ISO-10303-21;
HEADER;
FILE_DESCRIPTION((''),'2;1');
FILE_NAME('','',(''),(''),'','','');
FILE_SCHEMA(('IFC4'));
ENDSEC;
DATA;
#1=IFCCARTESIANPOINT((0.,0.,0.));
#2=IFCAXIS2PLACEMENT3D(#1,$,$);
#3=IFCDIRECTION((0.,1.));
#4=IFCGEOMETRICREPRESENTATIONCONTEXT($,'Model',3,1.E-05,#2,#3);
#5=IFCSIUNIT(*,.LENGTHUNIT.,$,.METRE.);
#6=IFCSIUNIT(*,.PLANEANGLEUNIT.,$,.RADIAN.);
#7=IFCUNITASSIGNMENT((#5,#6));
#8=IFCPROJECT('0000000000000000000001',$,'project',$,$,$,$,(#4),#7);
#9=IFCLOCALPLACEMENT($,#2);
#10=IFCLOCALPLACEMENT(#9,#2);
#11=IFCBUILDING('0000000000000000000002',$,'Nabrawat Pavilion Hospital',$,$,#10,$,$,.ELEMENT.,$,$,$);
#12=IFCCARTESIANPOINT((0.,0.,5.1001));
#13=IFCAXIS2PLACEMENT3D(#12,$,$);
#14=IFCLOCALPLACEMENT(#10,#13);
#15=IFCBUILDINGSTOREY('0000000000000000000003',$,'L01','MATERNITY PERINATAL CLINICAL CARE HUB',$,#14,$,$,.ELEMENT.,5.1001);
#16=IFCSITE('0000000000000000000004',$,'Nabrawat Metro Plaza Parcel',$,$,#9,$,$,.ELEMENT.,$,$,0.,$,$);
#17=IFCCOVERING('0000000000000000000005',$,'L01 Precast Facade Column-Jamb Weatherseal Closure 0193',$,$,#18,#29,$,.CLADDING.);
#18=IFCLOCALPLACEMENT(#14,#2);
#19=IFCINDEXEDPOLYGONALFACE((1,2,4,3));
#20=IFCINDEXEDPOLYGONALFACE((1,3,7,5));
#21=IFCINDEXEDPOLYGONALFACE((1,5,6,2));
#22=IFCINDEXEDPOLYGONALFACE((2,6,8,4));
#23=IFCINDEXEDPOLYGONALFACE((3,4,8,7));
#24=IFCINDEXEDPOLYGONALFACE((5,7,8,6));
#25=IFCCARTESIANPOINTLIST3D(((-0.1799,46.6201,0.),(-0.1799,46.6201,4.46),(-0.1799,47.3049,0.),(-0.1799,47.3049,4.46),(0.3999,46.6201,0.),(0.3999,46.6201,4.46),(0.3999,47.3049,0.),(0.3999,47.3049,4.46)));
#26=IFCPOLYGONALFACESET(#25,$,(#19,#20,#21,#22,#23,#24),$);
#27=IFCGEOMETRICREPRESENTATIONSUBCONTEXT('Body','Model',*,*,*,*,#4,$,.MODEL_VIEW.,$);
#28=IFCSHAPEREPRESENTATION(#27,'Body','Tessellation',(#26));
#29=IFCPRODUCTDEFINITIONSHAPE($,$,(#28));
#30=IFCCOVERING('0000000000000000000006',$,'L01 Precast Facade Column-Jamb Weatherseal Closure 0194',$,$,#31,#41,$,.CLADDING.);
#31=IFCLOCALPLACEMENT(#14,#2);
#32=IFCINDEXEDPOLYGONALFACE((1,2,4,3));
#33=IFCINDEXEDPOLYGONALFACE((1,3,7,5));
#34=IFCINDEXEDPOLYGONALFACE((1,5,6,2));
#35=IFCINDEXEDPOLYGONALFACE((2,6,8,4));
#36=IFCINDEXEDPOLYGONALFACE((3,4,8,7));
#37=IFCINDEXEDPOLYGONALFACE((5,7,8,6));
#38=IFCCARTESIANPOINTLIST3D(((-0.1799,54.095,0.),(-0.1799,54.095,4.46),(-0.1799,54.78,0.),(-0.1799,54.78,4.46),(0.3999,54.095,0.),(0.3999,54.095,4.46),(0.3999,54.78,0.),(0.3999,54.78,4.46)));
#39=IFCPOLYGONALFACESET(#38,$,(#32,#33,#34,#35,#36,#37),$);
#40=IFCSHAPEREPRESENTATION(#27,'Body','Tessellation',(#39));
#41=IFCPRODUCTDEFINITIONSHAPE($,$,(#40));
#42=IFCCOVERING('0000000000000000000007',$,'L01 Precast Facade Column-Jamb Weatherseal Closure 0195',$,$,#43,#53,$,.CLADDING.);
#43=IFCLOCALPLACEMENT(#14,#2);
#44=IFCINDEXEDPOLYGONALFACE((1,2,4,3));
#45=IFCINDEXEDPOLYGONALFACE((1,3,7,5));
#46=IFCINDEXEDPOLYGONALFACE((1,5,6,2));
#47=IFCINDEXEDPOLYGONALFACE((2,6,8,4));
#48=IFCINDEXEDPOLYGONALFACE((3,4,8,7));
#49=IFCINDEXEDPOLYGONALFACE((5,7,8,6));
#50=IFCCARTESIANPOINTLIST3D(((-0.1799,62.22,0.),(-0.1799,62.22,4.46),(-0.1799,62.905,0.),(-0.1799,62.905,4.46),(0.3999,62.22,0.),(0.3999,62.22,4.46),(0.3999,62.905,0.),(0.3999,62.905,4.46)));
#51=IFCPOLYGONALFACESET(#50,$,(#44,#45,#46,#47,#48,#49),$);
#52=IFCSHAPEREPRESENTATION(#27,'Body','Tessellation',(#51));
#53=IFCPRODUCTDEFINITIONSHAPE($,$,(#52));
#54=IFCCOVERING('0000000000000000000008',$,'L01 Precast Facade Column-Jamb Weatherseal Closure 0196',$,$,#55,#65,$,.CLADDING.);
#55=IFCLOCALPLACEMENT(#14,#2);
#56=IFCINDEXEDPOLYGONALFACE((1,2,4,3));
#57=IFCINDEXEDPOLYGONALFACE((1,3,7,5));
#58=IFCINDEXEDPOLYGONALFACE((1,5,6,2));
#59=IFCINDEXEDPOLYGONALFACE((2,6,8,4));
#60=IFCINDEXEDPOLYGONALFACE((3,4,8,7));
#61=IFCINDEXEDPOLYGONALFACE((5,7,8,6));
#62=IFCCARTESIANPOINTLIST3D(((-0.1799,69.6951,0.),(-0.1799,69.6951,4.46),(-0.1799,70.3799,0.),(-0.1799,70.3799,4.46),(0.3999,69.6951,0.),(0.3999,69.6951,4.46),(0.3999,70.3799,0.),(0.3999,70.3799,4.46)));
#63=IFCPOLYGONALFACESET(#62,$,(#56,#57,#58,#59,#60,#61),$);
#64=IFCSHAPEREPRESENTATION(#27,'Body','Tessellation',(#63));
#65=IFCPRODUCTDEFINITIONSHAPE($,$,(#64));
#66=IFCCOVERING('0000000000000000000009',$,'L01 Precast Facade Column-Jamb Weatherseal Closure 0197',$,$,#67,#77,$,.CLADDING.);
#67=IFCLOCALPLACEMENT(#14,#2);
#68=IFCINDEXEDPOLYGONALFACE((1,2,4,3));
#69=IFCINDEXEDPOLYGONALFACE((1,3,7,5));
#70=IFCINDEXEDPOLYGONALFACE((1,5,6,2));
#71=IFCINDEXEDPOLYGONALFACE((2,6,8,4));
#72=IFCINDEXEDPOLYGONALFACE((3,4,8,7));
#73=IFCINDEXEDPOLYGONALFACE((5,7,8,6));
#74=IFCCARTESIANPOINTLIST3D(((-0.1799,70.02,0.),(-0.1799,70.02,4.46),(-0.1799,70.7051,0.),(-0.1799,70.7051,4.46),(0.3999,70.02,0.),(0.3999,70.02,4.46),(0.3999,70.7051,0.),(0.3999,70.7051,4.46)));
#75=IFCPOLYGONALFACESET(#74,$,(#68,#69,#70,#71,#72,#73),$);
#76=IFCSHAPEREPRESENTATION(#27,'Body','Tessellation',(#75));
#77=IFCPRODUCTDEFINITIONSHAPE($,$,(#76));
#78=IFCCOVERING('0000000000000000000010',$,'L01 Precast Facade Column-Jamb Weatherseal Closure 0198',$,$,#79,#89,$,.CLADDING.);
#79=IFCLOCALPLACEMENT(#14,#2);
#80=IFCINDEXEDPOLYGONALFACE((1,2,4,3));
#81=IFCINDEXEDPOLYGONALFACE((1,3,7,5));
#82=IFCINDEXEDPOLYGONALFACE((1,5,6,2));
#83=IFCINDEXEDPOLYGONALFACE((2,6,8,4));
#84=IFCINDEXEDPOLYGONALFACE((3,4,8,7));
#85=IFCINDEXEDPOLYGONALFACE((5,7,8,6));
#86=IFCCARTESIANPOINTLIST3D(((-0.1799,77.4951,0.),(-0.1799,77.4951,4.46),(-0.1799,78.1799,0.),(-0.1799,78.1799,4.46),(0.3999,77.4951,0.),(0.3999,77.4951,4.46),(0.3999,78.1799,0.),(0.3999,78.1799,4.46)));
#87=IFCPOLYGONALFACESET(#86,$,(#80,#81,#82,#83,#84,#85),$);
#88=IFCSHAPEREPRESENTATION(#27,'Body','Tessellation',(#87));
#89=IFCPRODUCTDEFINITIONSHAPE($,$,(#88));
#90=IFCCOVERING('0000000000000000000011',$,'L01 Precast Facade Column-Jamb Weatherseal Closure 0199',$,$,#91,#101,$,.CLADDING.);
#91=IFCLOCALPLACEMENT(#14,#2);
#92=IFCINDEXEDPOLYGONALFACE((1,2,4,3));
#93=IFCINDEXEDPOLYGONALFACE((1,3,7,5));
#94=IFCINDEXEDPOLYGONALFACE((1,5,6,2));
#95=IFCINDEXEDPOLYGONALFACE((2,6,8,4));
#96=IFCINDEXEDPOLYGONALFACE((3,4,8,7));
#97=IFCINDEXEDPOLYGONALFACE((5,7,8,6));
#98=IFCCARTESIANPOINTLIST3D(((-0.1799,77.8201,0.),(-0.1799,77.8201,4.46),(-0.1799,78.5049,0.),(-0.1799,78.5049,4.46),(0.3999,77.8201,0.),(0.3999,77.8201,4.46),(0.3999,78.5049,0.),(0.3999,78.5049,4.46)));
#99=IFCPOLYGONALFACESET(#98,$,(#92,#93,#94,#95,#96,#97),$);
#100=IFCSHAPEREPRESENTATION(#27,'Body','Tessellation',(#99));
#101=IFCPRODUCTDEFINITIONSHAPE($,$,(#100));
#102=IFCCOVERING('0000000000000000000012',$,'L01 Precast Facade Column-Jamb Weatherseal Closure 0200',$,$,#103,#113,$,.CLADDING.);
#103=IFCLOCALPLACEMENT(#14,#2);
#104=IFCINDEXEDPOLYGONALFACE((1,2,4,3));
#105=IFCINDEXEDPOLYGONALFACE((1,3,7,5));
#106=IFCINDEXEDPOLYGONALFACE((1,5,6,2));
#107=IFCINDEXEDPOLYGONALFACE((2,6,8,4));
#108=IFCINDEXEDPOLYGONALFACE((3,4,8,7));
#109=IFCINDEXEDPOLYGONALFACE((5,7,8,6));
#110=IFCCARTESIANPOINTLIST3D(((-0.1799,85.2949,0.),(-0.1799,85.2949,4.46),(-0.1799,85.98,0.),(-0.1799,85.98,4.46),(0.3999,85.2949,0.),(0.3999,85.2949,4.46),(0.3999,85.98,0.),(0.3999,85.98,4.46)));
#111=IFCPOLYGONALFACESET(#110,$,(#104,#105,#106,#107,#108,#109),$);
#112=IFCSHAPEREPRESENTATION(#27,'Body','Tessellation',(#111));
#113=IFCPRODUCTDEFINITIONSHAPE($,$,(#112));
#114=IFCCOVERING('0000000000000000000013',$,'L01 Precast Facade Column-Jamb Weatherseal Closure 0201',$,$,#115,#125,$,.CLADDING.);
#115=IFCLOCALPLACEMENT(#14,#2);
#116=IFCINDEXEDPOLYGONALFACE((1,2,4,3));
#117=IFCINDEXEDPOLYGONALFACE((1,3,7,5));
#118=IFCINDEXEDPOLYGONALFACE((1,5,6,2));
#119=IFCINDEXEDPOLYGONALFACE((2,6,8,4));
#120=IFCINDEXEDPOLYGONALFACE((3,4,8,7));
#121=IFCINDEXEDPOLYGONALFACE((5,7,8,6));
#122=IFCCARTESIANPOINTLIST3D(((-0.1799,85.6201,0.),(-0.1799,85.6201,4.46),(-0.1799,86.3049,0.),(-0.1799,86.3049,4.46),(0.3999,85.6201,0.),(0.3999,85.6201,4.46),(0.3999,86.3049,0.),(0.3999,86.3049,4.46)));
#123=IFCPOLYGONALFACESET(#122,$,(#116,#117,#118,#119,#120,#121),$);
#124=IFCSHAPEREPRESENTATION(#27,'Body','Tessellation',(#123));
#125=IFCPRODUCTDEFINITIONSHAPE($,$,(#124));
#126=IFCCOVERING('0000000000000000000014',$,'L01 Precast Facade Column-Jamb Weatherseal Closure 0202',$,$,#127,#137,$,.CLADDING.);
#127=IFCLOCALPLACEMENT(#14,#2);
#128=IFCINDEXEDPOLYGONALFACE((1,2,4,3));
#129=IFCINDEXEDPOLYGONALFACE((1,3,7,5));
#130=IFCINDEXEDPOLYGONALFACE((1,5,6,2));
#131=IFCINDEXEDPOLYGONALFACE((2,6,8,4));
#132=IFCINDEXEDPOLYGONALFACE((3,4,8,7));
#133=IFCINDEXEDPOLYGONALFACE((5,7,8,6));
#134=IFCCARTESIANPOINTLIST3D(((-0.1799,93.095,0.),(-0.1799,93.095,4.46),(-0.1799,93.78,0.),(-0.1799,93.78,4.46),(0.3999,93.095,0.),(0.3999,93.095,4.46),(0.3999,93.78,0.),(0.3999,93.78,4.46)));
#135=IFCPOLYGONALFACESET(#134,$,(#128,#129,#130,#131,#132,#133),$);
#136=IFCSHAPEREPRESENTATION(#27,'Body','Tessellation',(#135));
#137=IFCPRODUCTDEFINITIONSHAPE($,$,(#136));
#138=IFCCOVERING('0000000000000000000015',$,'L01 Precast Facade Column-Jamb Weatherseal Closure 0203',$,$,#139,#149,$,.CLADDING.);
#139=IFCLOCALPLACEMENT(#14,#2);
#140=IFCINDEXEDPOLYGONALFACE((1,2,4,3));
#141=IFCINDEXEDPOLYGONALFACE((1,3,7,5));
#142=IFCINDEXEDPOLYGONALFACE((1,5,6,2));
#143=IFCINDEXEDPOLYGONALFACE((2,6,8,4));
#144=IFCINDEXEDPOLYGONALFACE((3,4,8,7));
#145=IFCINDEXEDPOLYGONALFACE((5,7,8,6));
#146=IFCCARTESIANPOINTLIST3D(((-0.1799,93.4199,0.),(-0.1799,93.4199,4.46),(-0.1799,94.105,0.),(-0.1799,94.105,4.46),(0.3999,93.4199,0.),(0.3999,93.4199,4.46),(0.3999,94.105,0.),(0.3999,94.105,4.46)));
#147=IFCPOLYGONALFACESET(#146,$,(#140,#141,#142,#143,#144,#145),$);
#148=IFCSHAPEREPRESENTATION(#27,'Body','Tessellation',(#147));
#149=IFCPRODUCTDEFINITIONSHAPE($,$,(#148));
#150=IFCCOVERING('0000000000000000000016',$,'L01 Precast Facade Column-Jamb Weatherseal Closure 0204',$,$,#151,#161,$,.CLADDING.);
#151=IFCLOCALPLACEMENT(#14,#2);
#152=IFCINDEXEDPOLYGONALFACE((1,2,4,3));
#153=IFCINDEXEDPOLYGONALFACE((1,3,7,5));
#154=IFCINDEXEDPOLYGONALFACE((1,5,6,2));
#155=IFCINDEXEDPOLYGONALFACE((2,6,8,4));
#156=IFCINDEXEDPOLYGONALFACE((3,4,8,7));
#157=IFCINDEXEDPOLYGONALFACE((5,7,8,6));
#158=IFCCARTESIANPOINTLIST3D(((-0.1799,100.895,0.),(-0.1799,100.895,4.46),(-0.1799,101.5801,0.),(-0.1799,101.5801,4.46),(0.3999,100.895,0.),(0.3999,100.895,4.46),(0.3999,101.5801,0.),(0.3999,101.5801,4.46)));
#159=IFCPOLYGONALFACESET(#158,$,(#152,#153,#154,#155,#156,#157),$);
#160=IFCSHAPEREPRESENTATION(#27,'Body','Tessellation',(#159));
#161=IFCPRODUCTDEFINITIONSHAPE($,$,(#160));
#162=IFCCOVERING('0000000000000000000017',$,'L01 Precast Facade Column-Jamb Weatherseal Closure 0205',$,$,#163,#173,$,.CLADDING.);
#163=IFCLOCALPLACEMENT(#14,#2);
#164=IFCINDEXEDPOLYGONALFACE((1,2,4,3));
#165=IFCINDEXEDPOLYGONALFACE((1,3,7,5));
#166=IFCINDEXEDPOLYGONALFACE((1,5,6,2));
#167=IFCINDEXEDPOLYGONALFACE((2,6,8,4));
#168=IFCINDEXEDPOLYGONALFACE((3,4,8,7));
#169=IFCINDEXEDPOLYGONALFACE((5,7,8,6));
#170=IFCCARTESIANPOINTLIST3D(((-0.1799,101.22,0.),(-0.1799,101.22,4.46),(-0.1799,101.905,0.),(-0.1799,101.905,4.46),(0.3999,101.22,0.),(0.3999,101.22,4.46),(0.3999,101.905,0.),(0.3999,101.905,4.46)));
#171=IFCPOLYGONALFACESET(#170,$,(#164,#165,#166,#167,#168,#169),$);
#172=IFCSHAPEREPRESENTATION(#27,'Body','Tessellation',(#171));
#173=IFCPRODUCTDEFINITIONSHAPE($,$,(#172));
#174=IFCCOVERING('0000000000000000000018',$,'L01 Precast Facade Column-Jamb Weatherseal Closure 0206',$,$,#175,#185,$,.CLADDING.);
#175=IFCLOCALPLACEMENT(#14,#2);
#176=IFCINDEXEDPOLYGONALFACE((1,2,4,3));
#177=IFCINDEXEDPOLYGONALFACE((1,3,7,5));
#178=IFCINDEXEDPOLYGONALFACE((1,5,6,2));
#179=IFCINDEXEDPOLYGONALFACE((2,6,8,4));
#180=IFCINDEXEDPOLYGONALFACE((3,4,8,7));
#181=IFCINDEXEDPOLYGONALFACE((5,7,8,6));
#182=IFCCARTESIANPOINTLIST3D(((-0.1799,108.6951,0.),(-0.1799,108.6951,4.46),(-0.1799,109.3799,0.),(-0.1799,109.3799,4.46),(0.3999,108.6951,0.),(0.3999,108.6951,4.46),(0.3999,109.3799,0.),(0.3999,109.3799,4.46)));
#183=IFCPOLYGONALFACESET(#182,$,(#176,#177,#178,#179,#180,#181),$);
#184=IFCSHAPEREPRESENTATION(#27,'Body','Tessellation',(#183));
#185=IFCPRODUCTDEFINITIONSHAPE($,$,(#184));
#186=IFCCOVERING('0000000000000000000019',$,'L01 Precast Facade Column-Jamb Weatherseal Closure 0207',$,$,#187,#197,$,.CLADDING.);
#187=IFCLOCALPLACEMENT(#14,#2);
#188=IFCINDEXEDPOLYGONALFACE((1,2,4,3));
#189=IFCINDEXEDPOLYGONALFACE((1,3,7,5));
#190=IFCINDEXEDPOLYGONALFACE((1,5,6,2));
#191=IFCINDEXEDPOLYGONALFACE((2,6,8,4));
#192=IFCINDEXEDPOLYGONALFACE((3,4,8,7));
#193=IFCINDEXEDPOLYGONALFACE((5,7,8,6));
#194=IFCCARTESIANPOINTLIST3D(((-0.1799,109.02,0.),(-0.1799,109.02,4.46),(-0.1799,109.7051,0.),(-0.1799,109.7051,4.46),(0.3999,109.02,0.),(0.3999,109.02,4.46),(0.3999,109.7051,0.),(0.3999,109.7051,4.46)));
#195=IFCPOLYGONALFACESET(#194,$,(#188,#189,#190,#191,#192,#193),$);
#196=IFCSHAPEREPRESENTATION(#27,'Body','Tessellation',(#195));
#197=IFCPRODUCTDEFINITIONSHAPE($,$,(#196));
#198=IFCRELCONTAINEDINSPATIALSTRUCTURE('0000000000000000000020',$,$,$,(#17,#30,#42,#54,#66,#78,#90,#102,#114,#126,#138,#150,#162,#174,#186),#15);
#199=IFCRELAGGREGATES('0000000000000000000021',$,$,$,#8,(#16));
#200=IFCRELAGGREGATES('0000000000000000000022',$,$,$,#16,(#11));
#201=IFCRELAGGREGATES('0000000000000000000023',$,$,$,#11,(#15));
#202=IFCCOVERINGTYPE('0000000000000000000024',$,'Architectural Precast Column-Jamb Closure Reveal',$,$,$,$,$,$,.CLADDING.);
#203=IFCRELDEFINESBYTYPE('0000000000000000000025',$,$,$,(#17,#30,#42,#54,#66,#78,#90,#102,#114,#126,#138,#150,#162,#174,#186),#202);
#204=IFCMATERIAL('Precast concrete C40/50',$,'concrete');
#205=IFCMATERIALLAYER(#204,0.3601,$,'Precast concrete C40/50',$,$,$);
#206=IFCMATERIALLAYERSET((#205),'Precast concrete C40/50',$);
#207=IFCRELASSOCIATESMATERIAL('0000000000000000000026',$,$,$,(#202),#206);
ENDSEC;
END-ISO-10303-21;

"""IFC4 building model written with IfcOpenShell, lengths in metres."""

from ifc_helpers import new_model, si_unit, direction, frame, origin, place, context, subcontext, project, spatial, polyline, outline, extrude, material, layer, layer_set, type_object, element, save


model = new_model("IFC4")

# Units and contexts
model_context = context("Model", 3, precision=1e-05, world=origin(), true_north=direction((0.0, 1.0)))
body_context = subcontext(model_context, "Body", "Model", "MODEL_VIEW")
ifc_project = project(units=[si_unit("LENGTHUNIT", "METRE"), si_unit("PLANEANGLEUNIT", "RADIAN")], contexts=[model_context])

# Site, building, storey
site_placement = place(None, origin())
site = spatial("IfcSite", under=ifc_project, at=site_placement, Name="Nabrawat Metro Plaza Parcel", CompositionType="ELEMENT", RefElevation=0.0)
building_placement = place(site_placement, origin())
building = spatial("IfcBuilding", under=site, at=building_placement, Name="Nabrawat Pavilion Hospital", CompositionType="ELEMENT")
storey_placement = place(building_placement, frame((0.0, 0.0, 5.1001)))
storey = spatial("IfcBuildingStorey", under=building, at=storey_placement, Name="L01", Description="MATERNITY PERINATAL CLINICAL CARE HUB", CompositionType="ELEMENT", Elevation=5.1001)

# Coverings
ifc_material = material(Name="Precast concrete C40/50", Category="concrete")
ifc_layer = layer(ifc_material, 0.3601, Name="Precast concrete C40/50")
ifc_layer_set = layer_set([ifc_layer], Name="Precast concrete C40/50")
covering_type = type_object("IfcCoveringType", Name="Architectural Precast Column-Jamb Closure Reveal", PredefinedType="CLADDING", material=ifc_layer_set)
covering_1_placement = place(storey_placement, origin())
element("IfcCovering", 1, at=covering_1_placement, inside=storey, type_object=covering_type, Name="L01 Precast Facade Column-Jamb Weatherseal Closure 0193", PredefinedType="CLADDING", context=body_context, shape_type="SweptSolid", body=[
    extrude(outline(polyline([(0.3999, 46.6201), (0.3999, 47.3049), (-0.1799, 47.3049), (-0.1799, 46.6201), (0.3999, 46.6201)])), origin(), (0.0, 0.0, 1.0), 4.46),
])
covering_2_placement = place(storey_placement, origin())
element("IfcCovering", 2, at=covering_2_placement, inside=storey, type_object=covering_type, Name="L01 Precast Facade Column-Jamb Weatherseal Closure 0194", PredefinedType="CLADDING", context=body_context, shape_type="SweptSolid", body=[
    extrude(outline(polyline([(0.3999, 54.095), (0.3999, 54.78), (-0.1799, 54.78), (-0.1799, 54.095), (0.3999, 54.095)])), origin(), (0.0, 0.0, 1.0), 4.46),
])
covering_3_placement = place(storey_placement, origin())
element("IfcCovering", 3, at=covering_3_placement, inside=storey, type_object=covering_type, Name="L01 Precast Facade Column-Jamb Weatherseal Closure 0195", PredefinedType="CLADDING", context=body_context, shape_type="SweptSolid", body=[
    extrude(outline(polyline([(0.3999, 62.22), (0.3999, 62.905), (-0.1799, 62.905), (-0.1799, 62.22), (0.3999, 62.22)])), origin(), (0.0, 0.0, 1.0), 4.46),
])
covering_4_placement = place(storey_placement, origin())
element("IfcCovering", 4, at=covering_4_placement, inside=storey, type_object=covering_type, Name="L01 Precast Facade Column-Jamb Weatherseal Closure 0196", PredefinedType="CLADDING", context=body_context, shape_type="SweptSolid", body=[
    extrude(outline(polyline([(0.3999, 69.6951), (0.3999, 70.3799), (-0.1799, 70.3799), (-0.1799, 69.6951), (0.3999, 69.6951)])), origin(), (0.0, 0.0, 1.0), 4.46),
])
covering_5_placement = place(storey_placement, origin())
element("IfcCovering", 5, at=covering_5_placement, inside=storey, type_object=covering_type, Name="L01 Precast Facade Column-Jamb Weatherseal Closure 0197", PredefinedType="CLADDING", context=body_context, shape_type="SweptSolid", body=[
    extrude(outline(polyline([(0.3999, 70.02), (0.3999, 70.7051), (-0.1799, 70.7051), (-0.1799, 70.02), (0.3999, 70.02)])), origin(), (0.0, 0.0, 1.0), 4.46),
])
covering_6_placement = place(storey_placement, origin())
element("IfcCovering", 6, at=covering_6_placement, inside=storey, type_object=covering_type, Name="L01 Precast Facade Column-Jamb Weatherseal Closure 0198", PredefinedType="CLADDING", context=body_context, shape_type="SweptSolid", body=[
    extrude(outline(polyline([(0.3999, 77.4951), (0.3999, 78.1799), (-0.1799, 78.1799), (-0.1799, 77.4951), (0.3999, 77.4951)])), origin(), (0.0, 0.0, 1.0), 4.46),
])
covering_7_placement = place(storey_placement, origin())
element("IfcCovering", 7, at=covering_7_placement, inside=storey, type_object=covering_type, Name="L01 Precast Facade Column-Jamb Weatherseal Closure 0199", PredefinedType="CLADDING", context=body_context, shape_type="SweptSolid", body=[
    extrude(outline(polyline([(0.3999, 77.8201), (0.3999, 78.5049), (-0.1799, 78.5049), (-0.1799, 77.8201), (0.3999, 77.8201)])), origin(), (0.0, 0.0, 1.0), 4.46),
])
covering_8_placement = place(storey_placement, origin())
element("IfcCovering", 8, at=covering_8_placement, inside=storey, type_object=covering_type, Name="L01 Precast Facade Column-Jamb Weatherseal Closure 0200", PredefinedType="CLADDING", context=body_context, shape_type="SweptSolid", body=[
    extrude(outline(polyline([(0.3999, 85.2949), (0.3999, 85.98), (-0.1799, 85.98), (-0.1799, 85.2949), (0.3999, 85.2949)])), origin(), (0.0, 0.0, 1.0), 4.46),
])
covering_9_placement = place(storey_placement, origin())
element("IfcCovering", 9, at=covering_9_placement, inside=storey, type_object=covering_type, Name="L01 Precast Facade Column-Jamb Weatherseal Closure 0201", PredefinedType="CLADDING", context=body_context, shape_type="SweptSolid", body=[
    extrude(outline(polyline([(0.3999, 85.6201), (0.3999, 86.3049), (-0.1799, 86.3049), (-0.1799, 85.6201), (0.3999, 85.6201)])), origin(), (0.0, 0.0, 1.0), 4.46),
])
covering_10_placement = place(storey_placement, origin())
element("IfcCovering", 10, at=covering_10_placement, inside=storey, type_object=covering_type, Name="L01 Precast Facade Column-Jamb Weatherseal Closure 0202", PredefinedType="CLADDING", context=body_context, shape_type="SweptSolid", body=[
    extrude(outline(polyline([(0.3999, 93.095), (0.3999, 93.78), (-0.1799, 93.78), (-0.1799, 93.095), (0.3999, 93.095)])), origin(), (0.0, 0.0, 1.0), 4.46),
])
covering_11_placement = place(storey_placement, origin())
element("IfcCovering", 11, at=covering_11_placement, inside=storey, type_object=covering_type, Name="L01 Precast Facade Column-Jamb Weatherseal Closure 0203", PredefinedType="CLADDING", context=body_context, shape_type="SweptSolid", body=[
    extrude(outline(polyline([(0.3999, 93.4199), (0.3999, 94.105), (-0.1799, 94.105), (-0.1799, 93.4199), (0.3999, 93.4199)])), origin(), (0.0, 0.0, 1.0), 4.46),
])
covering_12_placement = place(storey_placement, origin())
element("IfcCovering", 12, at=covering_12_placement, inside=storey, type_object=covering_type, Name="L01 Precast Facade Column-Jamb Weatherseal Closure 0204", PredefinedType="CLADDING", context=body_context, shape_type="SweptSolid", body=[
    extrude(outline(polyline([(0.3999, 100.895), (0.3999, 101.5801), (-0.1799, 101.5801), (-0.1799, 100.895), (0.3999, 100.895)])), origin(), (0.0, 0.0, 1.0), 4.46),
])
covering_13_placement = place(storey_placement, origin())
element("IfcCovering", 13, at=covering_13_placement, inside=storey, type_object=covering_type, Name="L01 Precast Facade Column-Jamb Weatherseal Closure 0205", PredefinedType="CLADDING", context=body_context, shape_type="SweptSolid", body=[
    extrude(outline(polyline([(0.3999, 101.22), (0.3999, 101.905), (-0.1799, 101.905), (-0.1799, 101.22), (0.3999, 101.22)])), origin(), (0.0, 0.0, 1.0), 4.46),
])
covering_14_placement = place(storey_placement, origin())
element("IfcCovering", 14, at=covering_14_placement, inside=storey, type_object=covering_type, Name="L01 Precast Facade Column-Jamb Weatherseal Closure 0206", PredefinedType="CLADDING", context=body_context, shape_type="SweptSolid", body=[
    extrude(outline(polyline([(0.3999, 108.6951), (0.3999, 109.3799), (-0.1799, 109.3799), (-0.1799, 108.6951), (0.3999, 108.6951)])), origin(), (0.0, 0.0, 1.0), 4.46),
])
covering_15_placement = place(storey_placement, origin())
element("IfcCovering", 15, at=covering_15_placement, inside=storey, type_object=covering_type, Name="L01 Precast Facade Column-Jamb Weatherseal Closure 0207", PredefinedType="CLADDING", context=body_context, shape_type="SweptSolid", body=[
    extrude(outline(polyline([(0.3999, 109.02), (0.3999, 109.7051), (-0.1799, 109.7051), (-0.1799, 109.02), (0.3999, 109.02)])), origin(), (0.0, 0.0, 1.0), 4.46),
])

save(model, "model.ifc")
